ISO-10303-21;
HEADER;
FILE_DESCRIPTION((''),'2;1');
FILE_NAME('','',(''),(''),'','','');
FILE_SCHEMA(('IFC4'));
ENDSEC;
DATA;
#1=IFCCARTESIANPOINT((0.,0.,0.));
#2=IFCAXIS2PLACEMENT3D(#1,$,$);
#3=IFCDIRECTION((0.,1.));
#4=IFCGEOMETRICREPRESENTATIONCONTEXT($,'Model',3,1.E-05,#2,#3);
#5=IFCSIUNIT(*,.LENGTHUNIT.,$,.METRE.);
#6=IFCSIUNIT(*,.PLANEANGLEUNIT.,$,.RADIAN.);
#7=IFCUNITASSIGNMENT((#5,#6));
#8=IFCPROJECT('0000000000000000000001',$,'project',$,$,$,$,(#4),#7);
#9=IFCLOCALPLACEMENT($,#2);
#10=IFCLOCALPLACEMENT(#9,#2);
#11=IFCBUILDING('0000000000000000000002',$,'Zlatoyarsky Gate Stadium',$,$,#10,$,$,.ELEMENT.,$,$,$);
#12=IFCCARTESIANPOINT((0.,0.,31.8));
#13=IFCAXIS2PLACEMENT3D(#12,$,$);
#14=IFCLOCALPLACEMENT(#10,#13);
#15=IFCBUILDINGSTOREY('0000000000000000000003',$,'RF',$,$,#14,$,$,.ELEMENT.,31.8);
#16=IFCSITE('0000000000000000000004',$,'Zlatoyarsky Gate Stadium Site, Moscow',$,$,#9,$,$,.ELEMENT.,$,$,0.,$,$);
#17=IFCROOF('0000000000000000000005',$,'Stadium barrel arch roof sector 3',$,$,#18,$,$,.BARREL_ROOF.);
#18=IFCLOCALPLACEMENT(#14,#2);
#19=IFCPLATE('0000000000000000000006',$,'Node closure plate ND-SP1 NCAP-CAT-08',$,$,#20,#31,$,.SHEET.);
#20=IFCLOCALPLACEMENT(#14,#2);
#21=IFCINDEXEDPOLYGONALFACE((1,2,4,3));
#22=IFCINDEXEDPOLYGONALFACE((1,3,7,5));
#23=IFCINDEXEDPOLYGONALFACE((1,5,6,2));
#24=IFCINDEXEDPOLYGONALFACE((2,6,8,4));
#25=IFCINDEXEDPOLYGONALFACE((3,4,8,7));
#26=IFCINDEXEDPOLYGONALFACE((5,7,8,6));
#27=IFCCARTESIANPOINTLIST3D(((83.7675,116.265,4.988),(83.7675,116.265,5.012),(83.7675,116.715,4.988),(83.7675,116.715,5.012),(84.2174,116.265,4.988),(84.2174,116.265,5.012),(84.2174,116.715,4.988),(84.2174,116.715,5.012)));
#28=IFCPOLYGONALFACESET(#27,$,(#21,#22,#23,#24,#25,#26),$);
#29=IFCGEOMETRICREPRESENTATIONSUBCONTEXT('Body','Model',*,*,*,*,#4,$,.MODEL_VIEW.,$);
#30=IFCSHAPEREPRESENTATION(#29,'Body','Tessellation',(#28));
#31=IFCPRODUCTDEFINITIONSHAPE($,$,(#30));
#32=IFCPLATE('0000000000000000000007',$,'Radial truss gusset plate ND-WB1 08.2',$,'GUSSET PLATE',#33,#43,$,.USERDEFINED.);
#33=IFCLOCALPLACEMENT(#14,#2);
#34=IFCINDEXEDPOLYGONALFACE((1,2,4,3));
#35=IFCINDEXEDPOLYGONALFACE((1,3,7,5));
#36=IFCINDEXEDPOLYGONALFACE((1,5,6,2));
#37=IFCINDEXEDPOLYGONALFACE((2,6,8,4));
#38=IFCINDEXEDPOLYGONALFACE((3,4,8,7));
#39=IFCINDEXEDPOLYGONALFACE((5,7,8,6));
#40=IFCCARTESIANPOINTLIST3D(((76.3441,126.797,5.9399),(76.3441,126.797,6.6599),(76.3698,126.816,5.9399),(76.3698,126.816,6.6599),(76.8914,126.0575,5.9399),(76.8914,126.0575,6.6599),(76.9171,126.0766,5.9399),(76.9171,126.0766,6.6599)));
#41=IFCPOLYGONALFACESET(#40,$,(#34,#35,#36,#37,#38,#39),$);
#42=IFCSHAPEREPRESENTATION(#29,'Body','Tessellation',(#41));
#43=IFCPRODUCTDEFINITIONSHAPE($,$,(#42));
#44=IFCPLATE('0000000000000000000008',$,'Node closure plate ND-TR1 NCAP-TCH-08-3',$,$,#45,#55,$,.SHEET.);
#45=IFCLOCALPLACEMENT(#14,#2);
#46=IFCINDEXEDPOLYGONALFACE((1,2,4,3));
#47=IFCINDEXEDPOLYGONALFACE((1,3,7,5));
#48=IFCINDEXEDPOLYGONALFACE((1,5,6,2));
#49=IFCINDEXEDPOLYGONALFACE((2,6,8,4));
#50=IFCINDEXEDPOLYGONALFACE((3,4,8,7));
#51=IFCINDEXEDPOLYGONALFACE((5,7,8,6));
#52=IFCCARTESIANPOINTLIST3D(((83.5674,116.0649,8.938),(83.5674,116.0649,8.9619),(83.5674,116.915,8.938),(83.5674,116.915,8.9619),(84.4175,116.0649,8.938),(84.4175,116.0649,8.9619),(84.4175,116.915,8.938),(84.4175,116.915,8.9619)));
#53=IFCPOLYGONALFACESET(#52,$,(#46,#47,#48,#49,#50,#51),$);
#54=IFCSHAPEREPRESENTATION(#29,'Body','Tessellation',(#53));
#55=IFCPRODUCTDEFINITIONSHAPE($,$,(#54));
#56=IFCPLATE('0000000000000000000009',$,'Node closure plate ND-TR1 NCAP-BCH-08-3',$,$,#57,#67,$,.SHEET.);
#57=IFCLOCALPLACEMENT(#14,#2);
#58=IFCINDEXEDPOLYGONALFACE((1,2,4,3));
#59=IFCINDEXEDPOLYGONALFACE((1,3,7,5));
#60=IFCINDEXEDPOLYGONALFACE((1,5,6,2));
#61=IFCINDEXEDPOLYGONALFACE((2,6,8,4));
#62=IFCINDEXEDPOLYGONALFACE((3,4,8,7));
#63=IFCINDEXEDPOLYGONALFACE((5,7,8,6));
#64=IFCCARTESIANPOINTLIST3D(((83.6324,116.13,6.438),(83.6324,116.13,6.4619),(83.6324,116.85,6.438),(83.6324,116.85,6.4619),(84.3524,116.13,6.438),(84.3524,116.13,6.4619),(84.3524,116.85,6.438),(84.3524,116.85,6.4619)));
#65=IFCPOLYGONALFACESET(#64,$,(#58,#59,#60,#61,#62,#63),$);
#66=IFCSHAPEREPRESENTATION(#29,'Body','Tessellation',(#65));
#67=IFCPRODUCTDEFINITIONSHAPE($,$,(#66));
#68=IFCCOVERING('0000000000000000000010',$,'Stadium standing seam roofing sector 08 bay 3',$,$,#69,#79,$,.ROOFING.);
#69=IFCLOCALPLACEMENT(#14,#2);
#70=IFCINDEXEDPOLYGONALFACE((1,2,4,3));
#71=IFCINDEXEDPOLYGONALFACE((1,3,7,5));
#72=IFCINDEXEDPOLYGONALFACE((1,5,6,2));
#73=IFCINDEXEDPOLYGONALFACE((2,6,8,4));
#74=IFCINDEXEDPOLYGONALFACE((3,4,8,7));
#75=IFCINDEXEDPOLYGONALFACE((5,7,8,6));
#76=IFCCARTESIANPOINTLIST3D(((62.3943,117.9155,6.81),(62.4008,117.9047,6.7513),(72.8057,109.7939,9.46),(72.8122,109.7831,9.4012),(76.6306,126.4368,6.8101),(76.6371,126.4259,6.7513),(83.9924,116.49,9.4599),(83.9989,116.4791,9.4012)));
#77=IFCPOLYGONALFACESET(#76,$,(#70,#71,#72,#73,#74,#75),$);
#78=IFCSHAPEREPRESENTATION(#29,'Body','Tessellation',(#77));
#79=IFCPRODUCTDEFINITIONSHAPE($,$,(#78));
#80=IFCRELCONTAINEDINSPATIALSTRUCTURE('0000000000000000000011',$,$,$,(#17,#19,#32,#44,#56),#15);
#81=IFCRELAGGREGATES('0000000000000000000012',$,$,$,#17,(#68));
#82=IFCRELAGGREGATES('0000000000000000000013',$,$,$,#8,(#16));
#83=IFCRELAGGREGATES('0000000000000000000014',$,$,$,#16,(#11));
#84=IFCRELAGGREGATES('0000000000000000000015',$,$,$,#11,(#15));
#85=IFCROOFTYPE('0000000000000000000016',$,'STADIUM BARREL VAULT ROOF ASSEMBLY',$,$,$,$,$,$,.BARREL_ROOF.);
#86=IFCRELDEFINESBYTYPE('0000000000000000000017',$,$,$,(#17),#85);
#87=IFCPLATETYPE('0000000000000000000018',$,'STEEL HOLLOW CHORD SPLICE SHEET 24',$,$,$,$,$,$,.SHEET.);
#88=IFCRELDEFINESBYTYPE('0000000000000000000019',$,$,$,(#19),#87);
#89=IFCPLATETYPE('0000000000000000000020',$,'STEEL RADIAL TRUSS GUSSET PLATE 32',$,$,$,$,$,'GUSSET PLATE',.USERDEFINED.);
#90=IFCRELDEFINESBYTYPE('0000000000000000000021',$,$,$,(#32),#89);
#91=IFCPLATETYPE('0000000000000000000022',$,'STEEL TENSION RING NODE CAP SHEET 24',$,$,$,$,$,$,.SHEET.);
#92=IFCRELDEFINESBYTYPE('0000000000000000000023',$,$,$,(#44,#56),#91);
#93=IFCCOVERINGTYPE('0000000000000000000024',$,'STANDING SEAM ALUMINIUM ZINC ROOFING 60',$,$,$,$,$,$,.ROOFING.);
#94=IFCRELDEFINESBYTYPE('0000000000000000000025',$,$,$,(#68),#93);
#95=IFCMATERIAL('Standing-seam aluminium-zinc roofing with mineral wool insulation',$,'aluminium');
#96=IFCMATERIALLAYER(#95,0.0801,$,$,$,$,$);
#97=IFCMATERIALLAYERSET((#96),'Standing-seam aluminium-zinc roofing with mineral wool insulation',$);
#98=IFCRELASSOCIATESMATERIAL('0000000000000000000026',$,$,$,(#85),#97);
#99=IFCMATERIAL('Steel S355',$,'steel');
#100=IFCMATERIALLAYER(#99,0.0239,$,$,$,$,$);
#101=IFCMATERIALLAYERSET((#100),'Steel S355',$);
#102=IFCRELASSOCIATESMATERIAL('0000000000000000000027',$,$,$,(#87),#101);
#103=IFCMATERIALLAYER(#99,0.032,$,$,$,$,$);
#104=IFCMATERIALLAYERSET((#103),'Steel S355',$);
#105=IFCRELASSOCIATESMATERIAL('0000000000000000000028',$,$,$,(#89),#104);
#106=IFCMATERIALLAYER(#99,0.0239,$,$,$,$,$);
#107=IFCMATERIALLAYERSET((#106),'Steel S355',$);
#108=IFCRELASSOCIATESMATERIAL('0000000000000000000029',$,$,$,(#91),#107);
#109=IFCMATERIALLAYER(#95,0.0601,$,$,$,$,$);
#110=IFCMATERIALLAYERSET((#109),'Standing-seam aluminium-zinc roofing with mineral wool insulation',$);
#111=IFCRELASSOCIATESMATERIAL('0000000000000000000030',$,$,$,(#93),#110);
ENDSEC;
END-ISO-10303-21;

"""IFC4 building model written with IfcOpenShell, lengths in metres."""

from ifc_helpers import new_model, si_unit, direction, frame, origin, origin_2d, place, context, subcontext, project, spatial, polyline, rectangle, outline, extrude, material, layer, layer_set, type_object, element, aggregate, save


model = new_model("IFC4")

# Units and contexts
model_context = context("Model", 3, precision=1e-05, world=origin(), true_north=direction((0.0, 1.0)))
body_context = subcontext(model_context, "Body", "Model", "MODEL_VIEW")
ifc_project = project(units=[si_unit("LENGTHUNIT", "METRE"), si_unit("PLANEANGLEUNIT", "RADIAN")], contexts=[model_context])

# Site, building, storey
site_placement = place(None, origin())
site = spatial("IfcSite", under=ifc_project, at=site_placement, Name="Zlatoyarsky Gate Stadium Site, Moscow", CompositionType="ELEMENT", RefElevation=0.0)
building_placement = place(site_placement, origin())
building = spatial("IfcBuilding", under=site, at=building_placement, Name="Zlatoyarsky Gate Stadium", CompositionType="ELEMENT")
storey_placement = place(building_placement, frame((0.0, 0.0, 31.8)))
storey = spatial("IfcBuildingStorey", under=building, at=storey_placement, Name="RF", CompositionType="ELEMENT", Elevation=31.8)

# Shared definitions
ifc_material_1 = material(Name="Steel S355", Category="steel")

# Roof
ifc_material_2 = material(Name="Standing-seam aluminium-zinc roofing with mineral wool insulation", Category="aluminium")
ifc_layer_1 = layer(ifc_material_2, 0.0801)
ifc_layer_set_1 = layer_set([ifc_layer_1], Name="Standing-seam aluminium-zinc roofing with mineral wool insulation")
roof_type = type_object("IfcRoofType", Name="STADIUM BARREL VAULT ROOF ASSEMBLY", PredefinedType="BARREL_ROOF", material=ifc_layer_set_1)
roof_placement = place(storey_placement, origin())
roof = element("IfcRoof", 1, at=roof_placement, inside=storey, type_object=roof_type, Name="Stadium barrel arch roof sector 3", PredefinedType="BARREL_ROOF")

# Plates
ifc_layer_2 = layer(ifc_material_1, 0.0239)
ifc_layer_set_2 = layer_set([ifc_layer_2], Name="Steel S355")
plate_type_1 = type_object("IfcPlateType", Name="STEEL HOLLOW CHORD SPLICE SHEET 24", PredefinedType="SHEET", material=ifc_layer_set_2)
plate_1_placement = place(storey_placement, frame((83.9924, 116.49, 4.988), z_axis=(0.0, 0.0, 1.0), x_axis=(1.0, 0.0, 0.0)))
element("IfcPlate", 2, at=plate_1_placement, inside=storey, type_object=plate_type_1, Name="Node closure plate ND-SP1 NCAP-CAT-08", PredefinedType="SHEET", context=body_context, shape_type="SweptSolid", body=[
    extrude(rectangle(XDim=0.45, YDim=0.45, at=origin_2d()), origin(), (0.0, 0.0, 1.0), 0.0239),
])
ifc_layer_3 = layer(ifc_material_1, 0.032)
ifc_layer_set_3 = layer_set([ifc_layer_3], Name="Steel S355")
plate_type_2 = type_object("IfcPlateType", Name="STEEL RADIAL TRUSS GUSSET PLATE 32", ElementType="GUSSET PLATE", PredefinedType="USERDEFINED", material=ifc_layer_set_3)
plate_2_placement = place(storey_placement, frame((76.6306, 126.4368, 5.9399), z_axis=(0.0, 0.0, 1.0), x_axis=(0.594913, -0.80379, 0.0)))
element("IfcPlate", 3, at=plate_2_placement, inside=storey, type_object=plate_type_2, Name="Radial truss gusset plate ND-WB1 08.2", ObjectType="GUSSET PLATE", PredefinedType="USERDEFINED", context=body_context, shape_type="SweptSolid", body=[
    extrude(rectangle(XDim=0.9199, YDim=0.032, at=origin_2d()), origin(), (0.0, 0.0, 1.0), 0.72),
])
ifc_layer_4 = layer(ifc_material_1, 0.0239)
ifc_layer_set_4 = layer_set([ifc_layer_4], Name="Steel S355")
plate_type_3 = type_object("IfcPlateType", Name="STEEL TENSION RING NODE CAP SHEET 24", PredefinedType="SHEET", material=ifc_layer_set_4)
plate_3_placement = place(storey_placement, frame((83.9924, 116.49, 8.938), z_axis=(0.0, 0.0, 1.0), x_axis=(1.0, 0.0, 0.0)))
element("IfcPlate", 4, at=plate_3_placement, inside=storey, type_object=plate_type_3, Name="Node closure plate ND-TR1 NCAP-TCH-08-3", PredefinedType="SHEET", context=body_context, shape_type="SweptSolid", body=[
    extrude(rectangle(XDim=0.8501, YDim=0.8501, at=origin_2d()), origin(), (0.0, 0.0, 1.0), 0.0239),
])
plate_4_placement = place(storey_placement, frame((83.9924, 116.49, 6.438), z_axis=(0.0, 0.0, 1.0), x_axis=(1.0, 0.0, 0.0)))
element("IfcPlate", 5, at=plate_4_placement, inside=storey, type_object=plate_type_3, Name="Node closure plate ND-TR1 NCAP-BCH-08-3", PredefinedType="SHEET", context=body_context, shape_type="SweptSolid", body=[
    extrude(rectangle(XDim=0.72, YDim=0.72, at=origin_2d()), origin(), (0.0, 0.0, 1.0), 0.0239),
])

# Covering
ifc_layer_5 = layer(ifc_material_2, 0.0601)
ifc_layer_set_5 = layer_set([ifc_layer_5], Name="Standing-seam aluminium-zinc roofing with mineral wool insulation")
covering_type = type_object("IfcCoveringType", Name="STANDING SEAM ALUMINIUM ZINC ROOFING 60", PredefinedType="ROOFING", material=ifc_layer_set_5)
covering_placement = place(storey_placement, frame((76.6306, 126.4368, 6.8101), z_axis=(-0.108033, 0.180488, 0.977626), x_axis=(-0.858039, -0.513585, -0.000001)))
covering = element("IfcCovering", 6, at=covering_placement, type_object=covering_type, Name="Stadium standing seam roofing sector 08 bay 3", PredefinedType="ROOFING", context=body_context, shape_type="SweptSolid", body=[
    extrude(outline(polyline([(0.0, 0.0), (16.5917, 0.0), (11.8295, 12.5976), (-1.2082, 12.5975), (0.0, 0.0)])), origin(), (0.0, 0.0, -1.0), 0.0601),
])
aggregate(roof, [covering])

save(model, "model.ifc")
